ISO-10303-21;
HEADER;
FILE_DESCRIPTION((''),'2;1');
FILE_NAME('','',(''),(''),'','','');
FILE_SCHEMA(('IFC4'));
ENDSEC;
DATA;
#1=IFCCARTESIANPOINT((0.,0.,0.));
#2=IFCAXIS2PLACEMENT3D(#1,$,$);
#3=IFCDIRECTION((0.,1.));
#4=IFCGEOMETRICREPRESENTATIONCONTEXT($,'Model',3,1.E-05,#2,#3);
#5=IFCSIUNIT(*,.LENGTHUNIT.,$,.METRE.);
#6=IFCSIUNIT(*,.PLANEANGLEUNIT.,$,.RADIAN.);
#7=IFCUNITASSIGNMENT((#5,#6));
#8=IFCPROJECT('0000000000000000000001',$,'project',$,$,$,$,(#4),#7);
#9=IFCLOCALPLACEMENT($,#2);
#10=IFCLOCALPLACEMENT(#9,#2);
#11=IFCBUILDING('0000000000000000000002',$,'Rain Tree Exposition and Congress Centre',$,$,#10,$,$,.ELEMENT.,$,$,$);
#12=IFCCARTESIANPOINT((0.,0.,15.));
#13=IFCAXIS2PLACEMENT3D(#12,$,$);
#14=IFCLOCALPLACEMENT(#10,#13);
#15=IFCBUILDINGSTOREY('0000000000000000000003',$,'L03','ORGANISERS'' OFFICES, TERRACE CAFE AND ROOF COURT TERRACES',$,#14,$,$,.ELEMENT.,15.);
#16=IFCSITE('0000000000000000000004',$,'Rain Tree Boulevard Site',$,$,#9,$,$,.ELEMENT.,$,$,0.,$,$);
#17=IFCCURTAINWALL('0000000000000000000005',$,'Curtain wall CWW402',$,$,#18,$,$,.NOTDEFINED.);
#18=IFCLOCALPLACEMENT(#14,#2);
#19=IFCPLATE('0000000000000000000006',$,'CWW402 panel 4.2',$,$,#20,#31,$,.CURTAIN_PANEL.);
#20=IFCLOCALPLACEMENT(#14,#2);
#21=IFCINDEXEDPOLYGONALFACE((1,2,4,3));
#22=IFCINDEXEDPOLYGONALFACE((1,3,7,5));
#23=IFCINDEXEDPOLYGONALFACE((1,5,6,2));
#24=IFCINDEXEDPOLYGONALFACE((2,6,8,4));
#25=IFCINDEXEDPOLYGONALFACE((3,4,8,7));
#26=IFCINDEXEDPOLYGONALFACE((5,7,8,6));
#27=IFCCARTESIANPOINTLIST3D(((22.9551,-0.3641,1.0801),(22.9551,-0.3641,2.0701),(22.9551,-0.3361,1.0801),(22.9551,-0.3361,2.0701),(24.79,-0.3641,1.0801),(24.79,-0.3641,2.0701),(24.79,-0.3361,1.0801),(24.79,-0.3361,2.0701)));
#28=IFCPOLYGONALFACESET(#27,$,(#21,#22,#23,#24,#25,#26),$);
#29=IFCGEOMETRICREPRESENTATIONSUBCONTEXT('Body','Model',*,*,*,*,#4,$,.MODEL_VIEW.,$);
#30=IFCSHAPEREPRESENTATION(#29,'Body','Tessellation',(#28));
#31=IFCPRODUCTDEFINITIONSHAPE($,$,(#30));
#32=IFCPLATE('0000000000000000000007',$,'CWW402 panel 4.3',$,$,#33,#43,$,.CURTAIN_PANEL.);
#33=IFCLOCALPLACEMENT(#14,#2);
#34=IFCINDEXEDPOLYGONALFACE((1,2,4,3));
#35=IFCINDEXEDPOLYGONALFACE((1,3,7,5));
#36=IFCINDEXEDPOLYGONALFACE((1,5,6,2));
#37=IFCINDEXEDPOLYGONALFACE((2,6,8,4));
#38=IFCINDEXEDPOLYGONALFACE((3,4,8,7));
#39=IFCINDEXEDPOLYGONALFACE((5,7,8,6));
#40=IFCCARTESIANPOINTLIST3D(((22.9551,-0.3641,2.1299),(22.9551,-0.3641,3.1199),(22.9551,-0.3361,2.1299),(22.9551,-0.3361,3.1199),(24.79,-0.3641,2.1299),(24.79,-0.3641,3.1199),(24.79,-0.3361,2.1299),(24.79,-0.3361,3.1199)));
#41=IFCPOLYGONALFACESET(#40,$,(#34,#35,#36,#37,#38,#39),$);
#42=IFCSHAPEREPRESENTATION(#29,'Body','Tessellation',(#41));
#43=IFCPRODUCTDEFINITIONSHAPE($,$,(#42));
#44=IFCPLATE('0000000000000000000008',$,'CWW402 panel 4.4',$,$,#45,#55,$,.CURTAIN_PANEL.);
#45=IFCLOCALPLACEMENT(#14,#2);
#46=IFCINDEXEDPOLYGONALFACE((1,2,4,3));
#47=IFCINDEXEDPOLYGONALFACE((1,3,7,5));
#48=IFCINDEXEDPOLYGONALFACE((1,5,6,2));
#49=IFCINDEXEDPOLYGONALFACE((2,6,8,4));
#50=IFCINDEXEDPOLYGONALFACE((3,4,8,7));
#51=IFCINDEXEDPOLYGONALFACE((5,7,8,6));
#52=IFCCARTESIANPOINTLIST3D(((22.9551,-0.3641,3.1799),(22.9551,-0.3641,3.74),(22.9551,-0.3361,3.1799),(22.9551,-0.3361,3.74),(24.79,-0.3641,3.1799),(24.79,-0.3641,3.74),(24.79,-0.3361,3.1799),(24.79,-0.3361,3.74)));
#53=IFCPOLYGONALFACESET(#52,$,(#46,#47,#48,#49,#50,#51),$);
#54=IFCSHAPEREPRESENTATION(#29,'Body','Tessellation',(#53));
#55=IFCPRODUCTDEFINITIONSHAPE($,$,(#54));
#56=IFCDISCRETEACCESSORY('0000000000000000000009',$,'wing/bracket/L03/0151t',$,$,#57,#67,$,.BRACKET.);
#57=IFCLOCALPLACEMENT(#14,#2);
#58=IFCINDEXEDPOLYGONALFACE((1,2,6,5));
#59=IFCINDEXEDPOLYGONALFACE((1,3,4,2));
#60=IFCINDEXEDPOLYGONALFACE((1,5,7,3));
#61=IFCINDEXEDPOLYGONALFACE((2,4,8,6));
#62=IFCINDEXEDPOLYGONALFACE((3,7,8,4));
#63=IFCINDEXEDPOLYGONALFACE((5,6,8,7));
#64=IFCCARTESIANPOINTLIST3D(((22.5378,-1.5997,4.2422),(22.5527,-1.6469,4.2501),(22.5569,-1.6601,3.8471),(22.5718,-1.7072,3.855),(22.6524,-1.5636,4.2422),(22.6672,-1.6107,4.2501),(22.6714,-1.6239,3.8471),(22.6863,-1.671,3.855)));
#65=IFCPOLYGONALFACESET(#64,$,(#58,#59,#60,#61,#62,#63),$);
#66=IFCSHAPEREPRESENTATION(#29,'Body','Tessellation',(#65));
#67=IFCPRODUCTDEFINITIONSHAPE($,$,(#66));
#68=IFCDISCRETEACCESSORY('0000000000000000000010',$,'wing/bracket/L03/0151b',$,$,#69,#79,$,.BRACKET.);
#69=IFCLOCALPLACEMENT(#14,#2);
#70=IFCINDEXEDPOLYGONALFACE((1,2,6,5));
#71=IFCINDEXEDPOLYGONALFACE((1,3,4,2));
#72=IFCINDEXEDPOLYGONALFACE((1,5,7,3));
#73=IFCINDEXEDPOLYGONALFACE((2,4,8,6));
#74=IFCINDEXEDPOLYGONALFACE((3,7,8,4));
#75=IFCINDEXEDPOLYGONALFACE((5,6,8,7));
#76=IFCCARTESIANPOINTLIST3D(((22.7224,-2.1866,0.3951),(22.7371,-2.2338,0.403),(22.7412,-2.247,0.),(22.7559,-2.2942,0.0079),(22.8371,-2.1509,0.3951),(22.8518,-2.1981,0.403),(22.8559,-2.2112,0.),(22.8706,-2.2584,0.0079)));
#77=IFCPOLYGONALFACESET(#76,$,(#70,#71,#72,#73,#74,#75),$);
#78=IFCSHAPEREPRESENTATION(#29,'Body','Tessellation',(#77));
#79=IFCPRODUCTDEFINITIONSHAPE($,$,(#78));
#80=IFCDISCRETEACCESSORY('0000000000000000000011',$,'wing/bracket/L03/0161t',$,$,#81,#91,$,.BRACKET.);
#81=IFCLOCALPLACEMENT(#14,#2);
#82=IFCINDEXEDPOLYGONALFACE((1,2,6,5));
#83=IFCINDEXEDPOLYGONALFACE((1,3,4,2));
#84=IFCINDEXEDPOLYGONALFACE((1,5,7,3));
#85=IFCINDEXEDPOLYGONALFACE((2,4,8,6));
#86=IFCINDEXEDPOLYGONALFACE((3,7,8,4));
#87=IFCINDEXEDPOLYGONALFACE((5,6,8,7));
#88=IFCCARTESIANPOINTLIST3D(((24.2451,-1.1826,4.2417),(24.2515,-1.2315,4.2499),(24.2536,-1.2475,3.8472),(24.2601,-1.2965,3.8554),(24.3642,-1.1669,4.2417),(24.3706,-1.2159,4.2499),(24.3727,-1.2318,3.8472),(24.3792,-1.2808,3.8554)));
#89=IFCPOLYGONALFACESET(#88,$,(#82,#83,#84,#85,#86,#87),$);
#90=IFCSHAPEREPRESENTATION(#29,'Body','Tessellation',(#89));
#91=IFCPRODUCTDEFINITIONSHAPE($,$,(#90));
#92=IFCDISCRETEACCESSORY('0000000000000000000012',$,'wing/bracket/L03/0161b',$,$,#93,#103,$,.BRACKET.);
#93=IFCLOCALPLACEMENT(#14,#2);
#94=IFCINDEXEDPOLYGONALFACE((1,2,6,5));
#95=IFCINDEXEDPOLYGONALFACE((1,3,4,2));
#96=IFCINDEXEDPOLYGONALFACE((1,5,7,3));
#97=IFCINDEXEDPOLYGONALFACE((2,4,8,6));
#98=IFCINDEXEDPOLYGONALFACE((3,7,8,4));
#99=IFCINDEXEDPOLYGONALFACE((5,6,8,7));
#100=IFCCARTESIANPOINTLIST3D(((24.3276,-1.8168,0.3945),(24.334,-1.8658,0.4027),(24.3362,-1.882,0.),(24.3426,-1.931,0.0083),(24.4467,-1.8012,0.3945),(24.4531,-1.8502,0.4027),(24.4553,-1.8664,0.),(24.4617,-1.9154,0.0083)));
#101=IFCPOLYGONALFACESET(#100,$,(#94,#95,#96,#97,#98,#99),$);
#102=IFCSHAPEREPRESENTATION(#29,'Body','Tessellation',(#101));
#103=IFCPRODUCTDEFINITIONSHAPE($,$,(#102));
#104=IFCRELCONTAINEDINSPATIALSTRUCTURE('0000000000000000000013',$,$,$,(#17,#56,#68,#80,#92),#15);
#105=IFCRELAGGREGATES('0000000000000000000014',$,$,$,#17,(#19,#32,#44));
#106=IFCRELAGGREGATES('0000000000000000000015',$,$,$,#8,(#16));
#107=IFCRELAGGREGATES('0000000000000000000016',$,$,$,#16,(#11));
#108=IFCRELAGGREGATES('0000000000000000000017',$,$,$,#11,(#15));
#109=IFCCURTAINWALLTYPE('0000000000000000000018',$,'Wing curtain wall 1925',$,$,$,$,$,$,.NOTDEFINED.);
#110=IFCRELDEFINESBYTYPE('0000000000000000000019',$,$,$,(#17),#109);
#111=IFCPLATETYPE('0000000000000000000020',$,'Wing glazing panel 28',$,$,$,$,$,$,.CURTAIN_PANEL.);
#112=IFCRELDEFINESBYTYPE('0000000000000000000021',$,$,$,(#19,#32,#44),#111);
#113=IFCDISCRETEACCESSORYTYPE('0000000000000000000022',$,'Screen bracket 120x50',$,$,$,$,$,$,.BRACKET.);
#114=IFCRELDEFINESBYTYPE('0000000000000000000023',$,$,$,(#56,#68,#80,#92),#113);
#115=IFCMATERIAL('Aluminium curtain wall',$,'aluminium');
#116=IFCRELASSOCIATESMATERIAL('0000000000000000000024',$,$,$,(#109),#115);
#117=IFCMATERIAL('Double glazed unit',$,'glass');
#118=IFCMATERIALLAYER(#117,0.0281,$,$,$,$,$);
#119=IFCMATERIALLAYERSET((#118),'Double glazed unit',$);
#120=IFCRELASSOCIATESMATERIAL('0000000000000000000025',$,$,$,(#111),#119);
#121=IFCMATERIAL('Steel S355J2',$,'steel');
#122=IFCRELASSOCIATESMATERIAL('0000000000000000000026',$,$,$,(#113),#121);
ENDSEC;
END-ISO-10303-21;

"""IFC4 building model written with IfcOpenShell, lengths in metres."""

from ifc_helpers import new_model, si_unit, direction, frame, origin, origin_2d, place, context, subcontext, project, spatial, rectangle, extrude, material, layer, layer_set, material_profile, profile_set, type_object, element, aggregate, save


model = new_model("IFC4")

# Units and contexts
model_context = context("Model", 3, precision=1e-05, world=origin(), true_north=direction((0.0, 1.0)))
body_context = subcontext(model_context, "Body", "Model", "MODEL_VIEW")
ifc_project = project(units=[si_unit("LENGTHUNIT", "METRE"), si_unit("PLANEANGLEUNIT", "RADIAN")], contexts=[model_context])

# Site, building, storey
site_placement = place(None, origin())
site = spatial("IfcSite", under=ifc_project, at=site_placement, Name="Rain Tree Boulevard Site", CompositionType="ELEMENT", RefElevation=0.0)
building_placement = place(site_placement, origin())
building = spatial("IfcBuilding", under=site, at=building_placement, Name="Rain Tree Exposition and Congress Centre", CompositionType="ELEMENT")
storey_placement = place(building_placement, frame((0.0, 0.0, 15.0)))
storey = spatial("IfcBuildingStorey", under=building, at=storey_placement, Name="L03", Description="ORGANISERS' OFFICES, TERRACE CAFE AND ROOF COURT TERRACES", CompositionType="ELEMENT", Elevation=15.0)

# Curtain wall, plates
ifc_material_1 = material(Name="Aluminium curtain wall", Category="aluminium")
curtain_wall_type = type_object("IfcCurtainWallType", Name="Wing curtain wall 1925", PredefinedType="NOTDEFINED", material=ifc_material_1)
curtain_wall_placement = place(storey_placement, origin())
curtain_wall = element("IfcCurtainWall", 1, at=curtain_wall_placement, inside=storey, type_object=curtain_wall_type, Name="Curtain wall CWW402", PredefinedType="NOTDEFINED")
ifc_material_2 = material(Name="Double glazed unit", Category="glass")
ifc_layer_1 = layer(ifc_material_2, 0.0281)
ifc_layer_set_1 = layer_set([ifc_layer_1], Name="Double glazed unit")
plate_type = type_object("IfcPlateType", Name="Wing glazing panel 28", PredefinedType="CURTAIN_PANEL", material=ifc_layer_set_1)
plate_1_placement = place(storey_placement, frame((23.8726, -0.3501, 1.0801), z_axis=(0.0, 0.0, 1.0), x_axis=(1.0, 0.0, 0.0)))
plate_1 = element("IfcPlate", 2, at=plate_1_placement, type_object=plate_type, Name="CWW402 panel 4.2", PredefinedType="CURTAIN_PANEL", context=body_context, shape_type="SweptSolid", body=[
    extrude(rectangle(XDim=1.835, YDim=0.0281, at=origin_2d()), origin(), (0.0, 0.0, 1.0), 0.99),
])
plate_2_placement = place(storey_placement, frame((23.8726, -0.3501, 2.1299), z_axis=(0.0, 0.0, 1.0), x_axis=(1.0, 0.0, 0.0)))
plate_2 = element("IfcPlate", 3, at=plate_2_placement, type_object=plate_type, Name="CWW402 panel 4.3", PredefinedType="CURTAIN_PANEL", context=body_context, shape_type="SweptSolid", body=[
    extrude(rectangle(XDim=1.835, YDim=0.0281, at=origin_2d()), origin(), (0.0, 0.0, 1.0), 0.99),
])
plate_3_placement = place(storey_placement, frame((23.8726, -0.3501, 3.1799), z_axis=(0.0, 0.0, 1.0), x_axis=(1.0, 0.0, 0.0)))
plate_3 = element("IfcPlate", 4, at=plate_3_placement, type_object=plate_type, Name="CWW402 panel 4.4", PredefinedType="CURTAIN_PANEL", context=body_context, shape_type="SweptSolid", body=[
    extrude(rectangle(XDim=1.835, YDim=0.0281, at=origin_2d()), origin(), (0.0, 0.0, 1.0), 0.5601),
])
aggregate(curtain_wall, [plate_1, plate_2, plate_3])

# Discrete accessories
ifc_material_3 = material(Name="Steel S355J2", Category="steel")
ifc_material_profile_1 = material_profile(ifc_material_3, rectangle(XDim=0.1201, YDim=0.05, at=origin_2d()), Name="Flat bar 120x50")
ifc_profile_set_1 = profile_set([ifc_material_profile_1], Name="Steel S355J2")
discrete_accessory_type = type_object("IfcDiscreteAccessoryType", Name="Screen bracket 120x50", PredefinedType="BRACKET", material=ifc_profile_set_1)
for number, where, z_axis, x_axis, name in (
    (5, (22.6216, -1.6655, 3.8511), (-0.047602, 0.150738, 0.987427), (-0.953583, -0.301131, 0.0), "wing/bracket/L03/0151t"),
    (6, (22.8059, -2.2527, 0.0039), (-0.046993, 0.150743, 0.987456), (-0.954686, -0.297615, 0.0), "wing/bracket/L03/0151b"),
):
    element("IfcDiscreteAccessory", number, at=place(storey_placement, frame(where, z_axis=z_axis, x_axis=x_axis)), inside=storey, type_object=discrete_accessory_type, Name=name, PredefinedType="BRACKET", context=body_context, shape_type="SweptSolid", body=[
        extrude(rectangle(XDim=0.1201, YDim=0.05, at=origin_2d()), origin(), (0.0, 0.0, 1.0), 0.4001),
    ])
for number, where, z_axis, x_axis, name in (
    (7, (24.3164, -1.2642, 3.8513), (-0.021366, 0.162381, 0.986497), (-0.991454, -0.130455, 0.0), "wing/bracket/L03/0161t"),
    (8, (24.3989, -1.8987, 0.0042), (-0.021364, 0.162976, 0.986399), (-0.991517, -0.129974, 0.0), "wing/bracket/L03/0161b"),
):
    element("IfcDiscreteAccessory", number, at=place(storey_placement, frame(where, z_axis=z_axis, x_axis=x_axis)), inside=storey, type_object=discrete_accessory_type, Name=name, PredefinedType="BRACKET", context=body_context, shape_type="SweptSolid", body=[
        extrude(rectangle(XDim=0.1201, YDim=0.05, at=origin_2d()), origin(), (0.0, 0.0, 1.0), 0.3999),
    ])

save(model, "model.ifc")
